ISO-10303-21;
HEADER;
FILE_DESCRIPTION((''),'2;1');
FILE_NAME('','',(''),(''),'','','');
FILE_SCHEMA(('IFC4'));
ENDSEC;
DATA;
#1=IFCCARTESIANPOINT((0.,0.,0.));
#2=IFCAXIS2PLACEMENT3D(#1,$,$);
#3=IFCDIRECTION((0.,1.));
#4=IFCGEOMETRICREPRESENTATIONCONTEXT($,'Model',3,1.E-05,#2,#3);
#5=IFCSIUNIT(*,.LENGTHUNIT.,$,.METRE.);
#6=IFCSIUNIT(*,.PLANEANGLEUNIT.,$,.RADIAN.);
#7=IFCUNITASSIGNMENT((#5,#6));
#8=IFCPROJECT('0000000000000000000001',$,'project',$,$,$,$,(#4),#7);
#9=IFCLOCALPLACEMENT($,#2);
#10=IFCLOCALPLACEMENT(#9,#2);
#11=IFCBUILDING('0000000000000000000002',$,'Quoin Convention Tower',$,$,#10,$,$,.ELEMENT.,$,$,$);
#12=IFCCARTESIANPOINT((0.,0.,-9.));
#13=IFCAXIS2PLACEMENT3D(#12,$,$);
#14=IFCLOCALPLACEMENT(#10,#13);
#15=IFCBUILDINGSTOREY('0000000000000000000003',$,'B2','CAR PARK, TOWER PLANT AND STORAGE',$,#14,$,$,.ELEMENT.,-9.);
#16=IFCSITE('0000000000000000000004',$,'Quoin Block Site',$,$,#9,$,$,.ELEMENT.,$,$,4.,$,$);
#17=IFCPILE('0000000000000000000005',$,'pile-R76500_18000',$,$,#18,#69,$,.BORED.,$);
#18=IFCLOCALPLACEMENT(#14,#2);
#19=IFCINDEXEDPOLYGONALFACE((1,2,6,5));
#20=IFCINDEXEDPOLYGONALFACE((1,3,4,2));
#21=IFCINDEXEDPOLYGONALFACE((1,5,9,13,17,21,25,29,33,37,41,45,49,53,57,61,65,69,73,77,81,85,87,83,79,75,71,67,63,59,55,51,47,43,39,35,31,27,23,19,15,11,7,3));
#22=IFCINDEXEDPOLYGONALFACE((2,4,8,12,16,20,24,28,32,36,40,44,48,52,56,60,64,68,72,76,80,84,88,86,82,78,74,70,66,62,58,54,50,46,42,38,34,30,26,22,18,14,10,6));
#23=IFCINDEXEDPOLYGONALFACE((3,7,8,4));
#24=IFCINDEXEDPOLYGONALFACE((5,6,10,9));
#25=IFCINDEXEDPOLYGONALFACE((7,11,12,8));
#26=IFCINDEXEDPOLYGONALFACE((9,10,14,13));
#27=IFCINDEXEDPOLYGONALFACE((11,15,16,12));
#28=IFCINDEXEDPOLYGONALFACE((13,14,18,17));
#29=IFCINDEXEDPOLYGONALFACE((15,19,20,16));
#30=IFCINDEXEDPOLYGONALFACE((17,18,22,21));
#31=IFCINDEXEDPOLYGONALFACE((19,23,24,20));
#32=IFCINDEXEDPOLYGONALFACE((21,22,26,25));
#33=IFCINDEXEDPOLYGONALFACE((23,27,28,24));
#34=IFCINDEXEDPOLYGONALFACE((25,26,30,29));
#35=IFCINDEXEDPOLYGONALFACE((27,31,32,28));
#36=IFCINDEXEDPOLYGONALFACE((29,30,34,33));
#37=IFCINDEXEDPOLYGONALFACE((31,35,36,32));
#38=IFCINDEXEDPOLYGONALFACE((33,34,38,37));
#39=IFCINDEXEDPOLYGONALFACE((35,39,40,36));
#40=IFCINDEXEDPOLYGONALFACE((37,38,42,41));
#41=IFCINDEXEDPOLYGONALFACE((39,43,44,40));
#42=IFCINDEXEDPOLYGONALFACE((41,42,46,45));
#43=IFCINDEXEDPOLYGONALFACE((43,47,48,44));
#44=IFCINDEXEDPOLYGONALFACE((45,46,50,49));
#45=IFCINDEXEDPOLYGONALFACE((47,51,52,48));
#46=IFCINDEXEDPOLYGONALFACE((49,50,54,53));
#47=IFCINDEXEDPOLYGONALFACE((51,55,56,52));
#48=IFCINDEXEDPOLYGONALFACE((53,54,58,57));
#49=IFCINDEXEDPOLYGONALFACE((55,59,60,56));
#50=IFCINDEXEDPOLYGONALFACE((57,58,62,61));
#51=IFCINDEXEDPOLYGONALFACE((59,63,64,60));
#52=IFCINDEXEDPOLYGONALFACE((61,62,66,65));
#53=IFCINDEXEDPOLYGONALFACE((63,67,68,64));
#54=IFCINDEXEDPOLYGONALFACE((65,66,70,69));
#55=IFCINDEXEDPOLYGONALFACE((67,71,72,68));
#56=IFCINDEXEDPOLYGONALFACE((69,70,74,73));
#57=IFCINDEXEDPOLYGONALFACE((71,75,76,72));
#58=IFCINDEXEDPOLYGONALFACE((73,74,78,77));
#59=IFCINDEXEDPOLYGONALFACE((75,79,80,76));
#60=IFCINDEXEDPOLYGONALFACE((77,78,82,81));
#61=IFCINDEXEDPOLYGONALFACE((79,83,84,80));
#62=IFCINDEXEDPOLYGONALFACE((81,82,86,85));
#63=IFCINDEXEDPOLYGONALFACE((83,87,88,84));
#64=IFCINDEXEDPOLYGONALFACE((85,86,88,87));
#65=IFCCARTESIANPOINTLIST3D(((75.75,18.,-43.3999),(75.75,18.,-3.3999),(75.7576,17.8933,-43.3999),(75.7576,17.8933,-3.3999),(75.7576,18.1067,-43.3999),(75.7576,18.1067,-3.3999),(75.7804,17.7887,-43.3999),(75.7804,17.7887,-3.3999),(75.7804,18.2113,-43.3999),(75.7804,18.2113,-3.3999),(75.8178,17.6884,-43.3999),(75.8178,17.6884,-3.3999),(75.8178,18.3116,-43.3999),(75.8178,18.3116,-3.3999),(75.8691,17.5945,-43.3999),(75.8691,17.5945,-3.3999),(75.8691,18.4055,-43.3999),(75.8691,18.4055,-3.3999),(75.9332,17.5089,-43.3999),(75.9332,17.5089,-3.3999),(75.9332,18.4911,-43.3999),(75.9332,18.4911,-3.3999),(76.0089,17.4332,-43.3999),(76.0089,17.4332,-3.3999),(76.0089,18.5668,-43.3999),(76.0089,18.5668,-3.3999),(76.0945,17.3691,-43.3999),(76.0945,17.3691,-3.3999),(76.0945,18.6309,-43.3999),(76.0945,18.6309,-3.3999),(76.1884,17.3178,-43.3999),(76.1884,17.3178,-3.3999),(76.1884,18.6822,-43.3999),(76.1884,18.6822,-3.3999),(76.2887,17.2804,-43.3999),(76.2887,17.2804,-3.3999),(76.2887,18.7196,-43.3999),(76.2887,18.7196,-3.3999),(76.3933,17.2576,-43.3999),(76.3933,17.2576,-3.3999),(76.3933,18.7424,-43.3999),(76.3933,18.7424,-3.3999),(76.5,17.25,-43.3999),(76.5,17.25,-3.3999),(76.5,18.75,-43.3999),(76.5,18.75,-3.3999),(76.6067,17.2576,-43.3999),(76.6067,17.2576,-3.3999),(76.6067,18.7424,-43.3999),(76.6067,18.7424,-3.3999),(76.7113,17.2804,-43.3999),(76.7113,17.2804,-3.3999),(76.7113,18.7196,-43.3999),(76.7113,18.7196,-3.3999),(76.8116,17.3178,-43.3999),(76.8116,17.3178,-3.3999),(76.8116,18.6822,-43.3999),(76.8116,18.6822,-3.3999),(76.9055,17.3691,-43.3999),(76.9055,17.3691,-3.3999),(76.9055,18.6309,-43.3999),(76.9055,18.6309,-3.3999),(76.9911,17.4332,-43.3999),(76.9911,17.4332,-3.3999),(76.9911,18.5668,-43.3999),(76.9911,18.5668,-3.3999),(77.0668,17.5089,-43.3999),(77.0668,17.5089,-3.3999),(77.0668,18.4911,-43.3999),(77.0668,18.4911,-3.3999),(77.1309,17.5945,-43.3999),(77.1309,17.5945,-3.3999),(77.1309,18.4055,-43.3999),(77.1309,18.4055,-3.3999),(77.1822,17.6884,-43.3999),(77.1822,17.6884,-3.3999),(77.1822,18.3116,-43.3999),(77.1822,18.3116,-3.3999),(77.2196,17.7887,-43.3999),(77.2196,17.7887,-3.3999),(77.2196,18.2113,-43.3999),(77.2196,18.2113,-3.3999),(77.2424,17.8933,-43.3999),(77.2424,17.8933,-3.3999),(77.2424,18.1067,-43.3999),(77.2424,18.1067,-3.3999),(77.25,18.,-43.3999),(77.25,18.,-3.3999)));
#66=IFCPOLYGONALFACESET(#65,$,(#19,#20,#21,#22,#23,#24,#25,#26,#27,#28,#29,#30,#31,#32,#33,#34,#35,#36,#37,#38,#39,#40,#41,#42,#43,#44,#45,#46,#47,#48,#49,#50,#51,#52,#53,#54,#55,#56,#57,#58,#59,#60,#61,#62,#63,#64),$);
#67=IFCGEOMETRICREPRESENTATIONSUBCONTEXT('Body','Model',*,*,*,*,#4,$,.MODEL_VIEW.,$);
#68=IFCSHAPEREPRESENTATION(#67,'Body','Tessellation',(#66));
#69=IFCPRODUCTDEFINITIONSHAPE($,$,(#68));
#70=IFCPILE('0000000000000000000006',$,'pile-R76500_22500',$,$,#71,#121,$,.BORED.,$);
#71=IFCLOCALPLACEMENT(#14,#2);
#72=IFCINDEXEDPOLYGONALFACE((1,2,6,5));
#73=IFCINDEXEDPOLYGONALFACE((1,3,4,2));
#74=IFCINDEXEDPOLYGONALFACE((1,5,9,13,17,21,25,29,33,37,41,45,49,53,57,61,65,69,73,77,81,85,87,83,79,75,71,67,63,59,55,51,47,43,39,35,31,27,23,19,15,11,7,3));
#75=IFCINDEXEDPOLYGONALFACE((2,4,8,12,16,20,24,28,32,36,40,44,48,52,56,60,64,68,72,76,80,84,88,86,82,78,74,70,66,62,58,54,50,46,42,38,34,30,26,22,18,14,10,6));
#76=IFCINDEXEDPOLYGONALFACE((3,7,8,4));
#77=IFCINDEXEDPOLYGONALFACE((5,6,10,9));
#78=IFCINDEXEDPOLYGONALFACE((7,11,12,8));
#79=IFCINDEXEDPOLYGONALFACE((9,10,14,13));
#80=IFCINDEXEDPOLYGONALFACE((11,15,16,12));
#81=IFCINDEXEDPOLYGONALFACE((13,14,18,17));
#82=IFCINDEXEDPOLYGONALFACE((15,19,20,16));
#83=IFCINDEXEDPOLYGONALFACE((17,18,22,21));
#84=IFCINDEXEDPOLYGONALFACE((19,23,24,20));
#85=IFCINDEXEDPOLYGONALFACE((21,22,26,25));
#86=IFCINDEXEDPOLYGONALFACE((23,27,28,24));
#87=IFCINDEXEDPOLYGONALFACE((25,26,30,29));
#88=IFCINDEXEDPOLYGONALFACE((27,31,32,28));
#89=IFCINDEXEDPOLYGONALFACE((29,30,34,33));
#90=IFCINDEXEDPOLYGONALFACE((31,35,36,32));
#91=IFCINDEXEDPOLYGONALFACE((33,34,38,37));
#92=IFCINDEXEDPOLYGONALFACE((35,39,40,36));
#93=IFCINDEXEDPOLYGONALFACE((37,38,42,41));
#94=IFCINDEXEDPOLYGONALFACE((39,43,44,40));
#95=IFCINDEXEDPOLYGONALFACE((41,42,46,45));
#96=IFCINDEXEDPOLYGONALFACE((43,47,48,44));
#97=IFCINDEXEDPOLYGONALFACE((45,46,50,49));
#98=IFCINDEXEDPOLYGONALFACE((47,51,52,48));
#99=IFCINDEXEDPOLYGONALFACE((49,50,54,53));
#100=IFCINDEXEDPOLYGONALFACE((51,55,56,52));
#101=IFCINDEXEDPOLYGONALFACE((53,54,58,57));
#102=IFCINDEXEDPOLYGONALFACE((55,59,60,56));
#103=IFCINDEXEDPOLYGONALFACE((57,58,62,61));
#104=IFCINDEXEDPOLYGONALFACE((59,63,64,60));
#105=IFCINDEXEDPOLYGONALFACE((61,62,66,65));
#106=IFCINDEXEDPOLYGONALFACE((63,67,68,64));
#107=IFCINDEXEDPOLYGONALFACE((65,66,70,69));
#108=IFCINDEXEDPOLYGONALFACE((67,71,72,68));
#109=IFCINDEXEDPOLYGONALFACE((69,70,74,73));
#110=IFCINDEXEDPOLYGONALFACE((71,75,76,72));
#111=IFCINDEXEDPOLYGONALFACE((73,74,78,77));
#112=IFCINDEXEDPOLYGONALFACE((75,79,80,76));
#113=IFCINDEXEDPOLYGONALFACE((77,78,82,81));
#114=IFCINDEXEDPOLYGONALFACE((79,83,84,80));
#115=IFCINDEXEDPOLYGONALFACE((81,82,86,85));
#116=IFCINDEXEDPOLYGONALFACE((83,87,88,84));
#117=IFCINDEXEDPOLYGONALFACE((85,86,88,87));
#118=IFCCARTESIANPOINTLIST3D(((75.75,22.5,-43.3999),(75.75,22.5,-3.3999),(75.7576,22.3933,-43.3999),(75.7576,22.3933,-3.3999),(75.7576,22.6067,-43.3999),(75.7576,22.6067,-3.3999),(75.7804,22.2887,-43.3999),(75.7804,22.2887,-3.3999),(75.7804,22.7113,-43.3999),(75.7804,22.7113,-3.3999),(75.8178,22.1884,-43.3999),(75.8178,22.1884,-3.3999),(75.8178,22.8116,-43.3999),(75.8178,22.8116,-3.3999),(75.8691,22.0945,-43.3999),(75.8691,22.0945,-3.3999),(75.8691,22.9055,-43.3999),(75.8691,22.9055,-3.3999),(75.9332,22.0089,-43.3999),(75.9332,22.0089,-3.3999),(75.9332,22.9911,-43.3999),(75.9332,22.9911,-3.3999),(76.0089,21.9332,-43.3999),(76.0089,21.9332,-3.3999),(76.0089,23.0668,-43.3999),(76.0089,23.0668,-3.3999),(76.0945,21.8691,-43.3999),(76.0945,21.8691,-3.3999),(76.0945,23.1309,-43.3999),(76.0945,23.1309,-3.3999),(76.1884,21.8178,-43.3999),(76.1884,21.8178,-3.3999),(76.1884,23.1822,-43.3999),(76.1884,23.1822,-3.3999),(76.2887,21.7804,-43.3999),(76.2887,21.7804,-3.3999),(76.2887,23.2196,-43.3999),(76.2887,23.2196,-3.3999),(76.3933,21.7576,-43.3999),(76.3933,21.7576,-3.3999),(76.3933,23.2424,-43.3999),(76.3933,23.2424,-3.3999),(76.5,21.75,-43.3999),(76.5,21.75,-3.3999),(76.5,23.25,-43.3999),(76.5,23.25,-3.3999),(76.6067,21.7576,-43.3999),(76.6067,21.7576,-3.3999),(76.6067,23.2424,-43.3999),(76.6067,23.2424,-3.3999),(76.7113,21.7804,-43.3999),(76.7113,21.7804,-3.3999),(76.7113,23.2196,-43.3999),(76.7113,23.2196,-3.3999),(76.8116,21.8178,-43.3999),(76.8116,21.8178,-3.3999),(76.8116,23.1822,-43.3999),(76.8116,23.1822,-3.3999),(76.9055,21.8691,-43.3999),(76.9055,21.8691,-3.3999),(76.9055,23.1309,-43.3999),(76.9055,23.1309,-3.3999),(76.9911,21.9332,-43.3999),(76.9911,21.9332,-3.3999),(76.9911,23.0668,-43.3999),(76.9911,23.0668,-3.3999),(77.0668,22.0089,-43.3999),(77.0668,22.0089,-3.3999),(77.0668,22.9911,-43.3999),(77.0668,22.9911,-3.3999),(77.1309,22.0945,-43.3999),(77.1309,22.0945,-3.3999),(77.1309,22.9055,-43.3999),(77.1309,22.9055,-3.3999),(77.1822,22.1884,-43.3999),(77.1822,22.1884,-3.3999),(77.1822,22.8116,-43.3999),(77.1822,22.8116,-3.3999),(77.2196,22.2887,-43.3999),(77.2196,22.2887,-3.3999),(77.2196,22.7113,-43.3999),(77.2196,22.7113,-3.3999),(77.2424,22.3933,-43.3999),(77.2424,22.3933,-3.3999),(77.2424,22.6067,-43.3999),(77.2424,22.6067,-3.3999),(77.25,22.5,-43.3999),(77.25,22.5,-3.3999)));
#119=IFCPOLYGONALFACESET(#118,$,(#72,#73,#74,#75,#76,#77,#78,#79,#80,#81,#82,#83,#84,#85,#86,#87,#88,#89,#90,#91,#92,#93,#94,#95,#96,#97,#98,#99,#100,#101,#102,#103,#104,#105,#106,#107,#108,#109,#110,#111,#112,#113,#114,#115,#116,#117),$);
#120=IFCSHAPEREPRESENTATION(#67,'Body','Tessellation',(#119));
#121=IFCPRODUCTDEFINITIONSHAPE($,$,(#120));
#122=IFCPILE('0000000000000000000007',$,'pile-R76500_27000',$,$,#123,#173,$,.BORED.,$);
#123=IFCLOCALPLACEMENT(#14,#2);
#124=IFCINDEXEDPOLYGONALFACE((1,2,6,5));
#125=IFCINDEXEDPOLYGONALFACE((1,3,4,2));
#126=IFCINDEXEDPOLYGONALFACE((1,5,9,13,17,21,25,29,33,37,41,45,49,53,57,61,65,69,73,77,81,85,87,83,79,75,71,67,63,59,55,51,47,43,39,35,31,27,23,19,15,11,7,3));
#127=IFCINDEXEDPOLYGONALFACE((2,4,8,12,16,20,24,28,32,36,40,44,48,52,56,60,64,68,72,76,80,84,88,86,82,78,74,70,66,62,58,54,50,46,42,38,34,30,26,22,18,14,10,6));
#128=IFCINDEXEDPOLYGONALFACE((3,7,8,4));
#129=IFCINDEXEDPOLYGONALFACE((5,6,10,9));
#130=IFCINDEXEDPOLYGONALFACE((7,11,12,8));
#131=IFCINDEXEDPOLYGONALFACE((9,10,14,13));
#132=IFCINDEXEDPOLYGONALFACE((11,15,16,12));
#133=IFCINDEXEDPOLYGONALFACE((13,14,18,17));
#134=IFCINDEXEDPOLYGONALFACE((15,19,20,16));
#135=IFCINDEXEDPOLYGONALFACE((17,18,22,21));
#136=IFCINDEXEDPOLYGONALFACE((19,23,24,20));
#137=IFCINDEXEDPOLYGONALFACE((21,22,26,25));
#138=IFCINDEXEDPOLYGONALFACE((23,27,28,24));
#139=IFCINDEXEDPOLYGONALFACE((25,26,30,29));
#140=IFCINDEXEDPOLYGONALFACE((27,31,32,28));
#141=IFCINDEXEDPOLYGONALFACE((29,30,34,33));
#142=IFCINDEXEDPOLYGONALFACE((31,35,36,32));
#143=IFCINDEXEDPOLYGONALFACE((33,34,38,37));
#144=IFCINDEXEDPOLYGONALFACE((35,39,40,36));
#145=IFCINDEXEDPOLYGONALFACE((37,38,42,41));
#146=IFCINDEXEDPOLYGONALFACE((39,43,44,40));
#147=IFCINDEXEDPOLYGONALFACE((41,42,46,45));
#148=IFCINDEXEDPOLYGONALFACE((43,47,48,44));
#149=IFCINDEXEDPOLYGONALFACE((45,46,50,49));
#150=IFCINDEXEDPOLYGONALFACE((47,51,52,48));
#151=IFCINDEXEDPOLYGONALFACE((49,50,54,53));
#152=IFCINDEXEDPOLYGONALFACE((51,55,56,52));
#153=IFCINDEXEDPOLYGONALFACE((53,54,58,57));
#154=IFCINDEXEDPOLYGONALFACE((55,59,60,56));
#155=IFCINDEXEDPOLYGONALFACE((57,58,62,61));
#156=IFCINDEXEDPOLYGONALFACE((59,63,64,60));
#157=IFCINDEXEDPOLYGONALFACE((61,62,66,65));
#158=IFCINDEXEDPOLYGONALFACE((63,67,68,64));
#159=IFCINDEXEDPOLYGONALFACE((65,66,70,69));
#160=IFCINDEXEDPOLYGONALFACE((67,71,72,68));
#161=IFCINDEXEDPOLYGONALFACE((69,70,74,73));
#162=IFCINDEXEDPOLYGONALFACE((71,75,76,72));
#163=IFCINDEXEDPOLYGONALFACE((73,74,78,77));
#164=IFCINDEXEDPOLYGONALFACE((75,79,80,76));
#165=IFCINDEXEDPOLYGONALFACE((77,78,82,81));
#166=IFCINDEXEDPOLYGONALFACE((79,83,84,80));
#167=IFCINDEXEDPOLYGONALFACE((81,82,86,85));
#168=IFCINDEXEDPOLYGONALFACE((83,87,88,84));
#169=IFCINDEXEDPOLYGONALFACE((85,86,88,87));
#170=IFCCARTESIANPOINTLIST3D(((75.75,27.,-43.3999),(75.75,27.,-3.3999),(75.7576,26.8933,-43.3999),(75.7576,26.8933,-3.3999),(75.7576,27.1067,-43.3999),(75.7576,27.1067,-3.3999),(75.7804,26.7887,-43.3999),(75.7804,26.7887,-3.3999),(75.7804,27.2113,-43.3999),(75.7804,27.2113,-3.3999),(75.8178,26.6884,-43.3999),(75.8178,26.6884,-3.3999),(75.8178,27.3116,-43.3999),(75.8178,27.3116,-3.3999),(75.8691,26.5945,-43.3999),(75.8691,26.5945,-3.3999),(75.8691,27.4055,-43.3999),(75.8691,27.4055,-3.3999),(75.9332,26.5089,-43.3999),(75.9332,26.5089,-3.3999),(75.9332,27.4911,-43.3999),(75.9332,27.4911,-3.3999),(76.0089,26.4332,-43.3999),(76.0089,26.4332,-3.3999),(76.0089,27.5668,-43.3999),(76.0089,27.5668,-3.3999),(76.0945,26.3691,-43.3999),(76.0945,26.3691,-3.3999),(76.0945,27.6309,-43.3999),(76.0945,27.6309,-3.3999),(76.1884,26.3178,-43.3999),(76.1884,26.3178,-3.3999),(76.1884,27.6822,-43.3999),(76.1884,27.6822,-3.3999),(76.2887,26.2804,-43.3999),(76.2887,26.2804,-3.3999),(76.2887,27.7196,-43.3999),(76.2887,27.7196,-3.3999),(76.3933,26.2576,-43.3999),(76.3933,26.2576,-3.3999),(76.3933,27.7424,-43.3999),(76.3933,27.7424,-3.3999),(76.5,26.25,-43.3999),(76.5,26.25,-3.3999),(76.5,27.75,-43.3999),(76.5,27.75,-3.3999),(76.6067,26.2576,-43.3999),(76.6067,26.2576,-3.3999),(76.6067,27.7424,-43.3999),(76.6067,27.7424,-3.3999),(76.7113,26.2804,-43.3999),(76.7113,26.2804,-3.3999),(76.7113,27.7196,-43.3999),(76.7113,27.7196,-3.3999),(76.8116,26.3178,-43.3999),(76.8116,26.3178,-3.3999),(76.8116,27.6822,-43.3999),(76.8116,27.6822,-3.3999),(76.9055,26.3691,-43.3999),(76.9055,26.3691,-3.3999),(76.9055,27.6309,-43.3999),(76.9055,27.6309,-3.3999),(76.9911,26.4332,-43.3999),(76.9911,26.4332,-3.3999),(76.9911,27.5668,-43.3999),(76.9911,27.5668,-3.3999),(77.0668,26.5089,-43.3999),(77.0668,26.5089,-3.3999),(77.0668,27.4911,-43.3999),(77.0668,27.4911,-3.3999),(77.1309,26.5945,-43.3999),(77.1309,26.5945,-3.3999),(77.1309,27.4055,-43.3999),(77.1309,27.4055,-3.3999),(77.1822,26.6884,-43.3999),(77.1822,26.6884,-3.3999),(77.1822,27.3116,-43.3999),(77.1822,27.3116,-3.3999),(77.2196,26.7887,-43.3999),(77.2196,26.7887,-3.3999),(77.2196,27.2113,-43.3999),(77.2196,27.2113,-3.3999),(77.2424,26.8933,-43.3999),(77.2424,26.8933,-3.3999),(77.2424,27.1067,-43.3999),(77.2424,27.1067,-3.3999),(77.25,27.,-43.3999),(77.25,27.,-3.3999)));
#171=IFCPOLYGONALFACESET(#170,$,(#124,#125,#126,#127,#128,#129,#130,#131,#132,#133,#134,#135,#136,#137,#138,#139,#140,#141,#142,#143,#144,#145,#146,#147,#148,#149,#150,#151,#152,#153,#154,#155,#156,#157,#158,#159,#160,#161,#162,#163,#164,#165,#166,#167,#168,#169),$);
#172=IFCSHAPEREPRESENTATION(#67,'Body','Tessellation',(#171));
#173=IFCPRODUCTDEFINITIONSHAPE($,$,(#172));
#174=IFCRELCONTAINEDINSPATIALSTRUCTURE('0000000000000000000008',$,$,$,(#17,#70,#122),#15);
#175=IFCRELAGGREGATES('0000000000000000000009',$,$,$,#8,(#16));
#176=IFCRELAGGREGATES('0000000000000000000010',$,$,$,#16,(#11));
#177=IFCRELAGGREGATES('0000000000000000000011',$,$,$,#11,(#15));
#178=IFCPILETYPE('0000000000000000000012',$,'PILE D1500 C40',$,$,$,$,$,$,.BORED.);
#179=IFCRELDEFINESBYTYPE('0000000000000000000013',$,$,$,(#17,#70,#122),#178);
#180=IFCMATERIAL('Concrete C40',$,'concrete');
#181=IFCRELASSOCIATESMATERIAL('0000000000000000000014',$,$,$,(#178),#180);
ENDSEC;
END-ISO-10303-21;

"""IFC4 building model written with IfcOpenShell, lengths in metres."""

from ifc_helpers import new_model, si_unit, direction, frame, origin, origin_2d, place, context, subcontext, project, spatial, circle, extrude, material, material_profile, profile_set, type_object, element, save


model = new_model("IFC4")

# Units and contexts
model_context = context("Model", 3, precision=1e-05, world=origin(), true_north=direction((0.0, 1.0)))
body_context = subcontext(model_context, "Body", "Model", "MODEL_VIEW")
ifc_project = project(units=[si_unit("LENGTHUNIT", "METRE"), si_unit("PLANEANGLEUNIT", "RADIAN")], contexts=[model_context])

# Site, building, storey
site_placement = place(None, origin())
site = spatial("IfcSite", under=ifc_project, at=site_placement, Name="Quoin Block Site", CompositionType="ELEMENT", RefElevation=4.0)
building_placement = place(site_placement, origin())
building = spatial("IfcBuilding", under=site, at=building_placement, Name="Quoin Convention Tower", CompositionType="ELEMENT")
storey_placement = place(building_placement, frame((0.0, 0.0, -9.0)))
storey = spatial("IfcBuildingStorey", under=building, at=storey_placement, Name="B2", Description="CAR PARK, TOWER PLANT AND STORAGE", CompositionType="ELEMENT", Elevation=-9.0)

# Piles
ifc_material_1 = material(Name="Concrete C40", Category="concrete")
ifc_material_profile_1 = material_profile(ifc_material_1, circle(Radius=0.75, at=origin_2d()), Name="D1500")
ifc_profile_set_1 = profile_set([ifc_material_profile_1], Name="Concrete C40")
pile_type = type_object("IfcPileType", Name="PILE D1500 C40", PredefinedType="BORED", material=ifc_profile_set_1)
for number, where, z_axis, x_axis, name in (
    (1, (76.5, 18.0, -3.3999), (0.0, 0.0, -1.0), (1.0, 0.0, 0.0), "pile-R76500_18000"),
    (2, (76.5, 22.5, -3.3999), (0.0, 0.0, -1.0), (1.0, 0.0, 0.0), "pile-R76500_22500"),
    (3, (76.5, 27.0, -3.3999), (0.0, 0.0, -1.0), (1.0, 0.0, 0.0), "pile-R76500_27000"),
):
    element("IfcPile", number, at=place(storey_placement, frame(where, z_axis=z_axis, x_axis=x_axis)), inside=storey, type_object=pile_type, Name=name, PredefinedType="BORED", context=body_context, shape_type="SweptSolid", body=[
        extrude(circle(Radius=0.75, at=origin_2d()), origin(), (0.0, 0.0, 1.0), 40.0),
    ])

save(model, "model.ifc")
